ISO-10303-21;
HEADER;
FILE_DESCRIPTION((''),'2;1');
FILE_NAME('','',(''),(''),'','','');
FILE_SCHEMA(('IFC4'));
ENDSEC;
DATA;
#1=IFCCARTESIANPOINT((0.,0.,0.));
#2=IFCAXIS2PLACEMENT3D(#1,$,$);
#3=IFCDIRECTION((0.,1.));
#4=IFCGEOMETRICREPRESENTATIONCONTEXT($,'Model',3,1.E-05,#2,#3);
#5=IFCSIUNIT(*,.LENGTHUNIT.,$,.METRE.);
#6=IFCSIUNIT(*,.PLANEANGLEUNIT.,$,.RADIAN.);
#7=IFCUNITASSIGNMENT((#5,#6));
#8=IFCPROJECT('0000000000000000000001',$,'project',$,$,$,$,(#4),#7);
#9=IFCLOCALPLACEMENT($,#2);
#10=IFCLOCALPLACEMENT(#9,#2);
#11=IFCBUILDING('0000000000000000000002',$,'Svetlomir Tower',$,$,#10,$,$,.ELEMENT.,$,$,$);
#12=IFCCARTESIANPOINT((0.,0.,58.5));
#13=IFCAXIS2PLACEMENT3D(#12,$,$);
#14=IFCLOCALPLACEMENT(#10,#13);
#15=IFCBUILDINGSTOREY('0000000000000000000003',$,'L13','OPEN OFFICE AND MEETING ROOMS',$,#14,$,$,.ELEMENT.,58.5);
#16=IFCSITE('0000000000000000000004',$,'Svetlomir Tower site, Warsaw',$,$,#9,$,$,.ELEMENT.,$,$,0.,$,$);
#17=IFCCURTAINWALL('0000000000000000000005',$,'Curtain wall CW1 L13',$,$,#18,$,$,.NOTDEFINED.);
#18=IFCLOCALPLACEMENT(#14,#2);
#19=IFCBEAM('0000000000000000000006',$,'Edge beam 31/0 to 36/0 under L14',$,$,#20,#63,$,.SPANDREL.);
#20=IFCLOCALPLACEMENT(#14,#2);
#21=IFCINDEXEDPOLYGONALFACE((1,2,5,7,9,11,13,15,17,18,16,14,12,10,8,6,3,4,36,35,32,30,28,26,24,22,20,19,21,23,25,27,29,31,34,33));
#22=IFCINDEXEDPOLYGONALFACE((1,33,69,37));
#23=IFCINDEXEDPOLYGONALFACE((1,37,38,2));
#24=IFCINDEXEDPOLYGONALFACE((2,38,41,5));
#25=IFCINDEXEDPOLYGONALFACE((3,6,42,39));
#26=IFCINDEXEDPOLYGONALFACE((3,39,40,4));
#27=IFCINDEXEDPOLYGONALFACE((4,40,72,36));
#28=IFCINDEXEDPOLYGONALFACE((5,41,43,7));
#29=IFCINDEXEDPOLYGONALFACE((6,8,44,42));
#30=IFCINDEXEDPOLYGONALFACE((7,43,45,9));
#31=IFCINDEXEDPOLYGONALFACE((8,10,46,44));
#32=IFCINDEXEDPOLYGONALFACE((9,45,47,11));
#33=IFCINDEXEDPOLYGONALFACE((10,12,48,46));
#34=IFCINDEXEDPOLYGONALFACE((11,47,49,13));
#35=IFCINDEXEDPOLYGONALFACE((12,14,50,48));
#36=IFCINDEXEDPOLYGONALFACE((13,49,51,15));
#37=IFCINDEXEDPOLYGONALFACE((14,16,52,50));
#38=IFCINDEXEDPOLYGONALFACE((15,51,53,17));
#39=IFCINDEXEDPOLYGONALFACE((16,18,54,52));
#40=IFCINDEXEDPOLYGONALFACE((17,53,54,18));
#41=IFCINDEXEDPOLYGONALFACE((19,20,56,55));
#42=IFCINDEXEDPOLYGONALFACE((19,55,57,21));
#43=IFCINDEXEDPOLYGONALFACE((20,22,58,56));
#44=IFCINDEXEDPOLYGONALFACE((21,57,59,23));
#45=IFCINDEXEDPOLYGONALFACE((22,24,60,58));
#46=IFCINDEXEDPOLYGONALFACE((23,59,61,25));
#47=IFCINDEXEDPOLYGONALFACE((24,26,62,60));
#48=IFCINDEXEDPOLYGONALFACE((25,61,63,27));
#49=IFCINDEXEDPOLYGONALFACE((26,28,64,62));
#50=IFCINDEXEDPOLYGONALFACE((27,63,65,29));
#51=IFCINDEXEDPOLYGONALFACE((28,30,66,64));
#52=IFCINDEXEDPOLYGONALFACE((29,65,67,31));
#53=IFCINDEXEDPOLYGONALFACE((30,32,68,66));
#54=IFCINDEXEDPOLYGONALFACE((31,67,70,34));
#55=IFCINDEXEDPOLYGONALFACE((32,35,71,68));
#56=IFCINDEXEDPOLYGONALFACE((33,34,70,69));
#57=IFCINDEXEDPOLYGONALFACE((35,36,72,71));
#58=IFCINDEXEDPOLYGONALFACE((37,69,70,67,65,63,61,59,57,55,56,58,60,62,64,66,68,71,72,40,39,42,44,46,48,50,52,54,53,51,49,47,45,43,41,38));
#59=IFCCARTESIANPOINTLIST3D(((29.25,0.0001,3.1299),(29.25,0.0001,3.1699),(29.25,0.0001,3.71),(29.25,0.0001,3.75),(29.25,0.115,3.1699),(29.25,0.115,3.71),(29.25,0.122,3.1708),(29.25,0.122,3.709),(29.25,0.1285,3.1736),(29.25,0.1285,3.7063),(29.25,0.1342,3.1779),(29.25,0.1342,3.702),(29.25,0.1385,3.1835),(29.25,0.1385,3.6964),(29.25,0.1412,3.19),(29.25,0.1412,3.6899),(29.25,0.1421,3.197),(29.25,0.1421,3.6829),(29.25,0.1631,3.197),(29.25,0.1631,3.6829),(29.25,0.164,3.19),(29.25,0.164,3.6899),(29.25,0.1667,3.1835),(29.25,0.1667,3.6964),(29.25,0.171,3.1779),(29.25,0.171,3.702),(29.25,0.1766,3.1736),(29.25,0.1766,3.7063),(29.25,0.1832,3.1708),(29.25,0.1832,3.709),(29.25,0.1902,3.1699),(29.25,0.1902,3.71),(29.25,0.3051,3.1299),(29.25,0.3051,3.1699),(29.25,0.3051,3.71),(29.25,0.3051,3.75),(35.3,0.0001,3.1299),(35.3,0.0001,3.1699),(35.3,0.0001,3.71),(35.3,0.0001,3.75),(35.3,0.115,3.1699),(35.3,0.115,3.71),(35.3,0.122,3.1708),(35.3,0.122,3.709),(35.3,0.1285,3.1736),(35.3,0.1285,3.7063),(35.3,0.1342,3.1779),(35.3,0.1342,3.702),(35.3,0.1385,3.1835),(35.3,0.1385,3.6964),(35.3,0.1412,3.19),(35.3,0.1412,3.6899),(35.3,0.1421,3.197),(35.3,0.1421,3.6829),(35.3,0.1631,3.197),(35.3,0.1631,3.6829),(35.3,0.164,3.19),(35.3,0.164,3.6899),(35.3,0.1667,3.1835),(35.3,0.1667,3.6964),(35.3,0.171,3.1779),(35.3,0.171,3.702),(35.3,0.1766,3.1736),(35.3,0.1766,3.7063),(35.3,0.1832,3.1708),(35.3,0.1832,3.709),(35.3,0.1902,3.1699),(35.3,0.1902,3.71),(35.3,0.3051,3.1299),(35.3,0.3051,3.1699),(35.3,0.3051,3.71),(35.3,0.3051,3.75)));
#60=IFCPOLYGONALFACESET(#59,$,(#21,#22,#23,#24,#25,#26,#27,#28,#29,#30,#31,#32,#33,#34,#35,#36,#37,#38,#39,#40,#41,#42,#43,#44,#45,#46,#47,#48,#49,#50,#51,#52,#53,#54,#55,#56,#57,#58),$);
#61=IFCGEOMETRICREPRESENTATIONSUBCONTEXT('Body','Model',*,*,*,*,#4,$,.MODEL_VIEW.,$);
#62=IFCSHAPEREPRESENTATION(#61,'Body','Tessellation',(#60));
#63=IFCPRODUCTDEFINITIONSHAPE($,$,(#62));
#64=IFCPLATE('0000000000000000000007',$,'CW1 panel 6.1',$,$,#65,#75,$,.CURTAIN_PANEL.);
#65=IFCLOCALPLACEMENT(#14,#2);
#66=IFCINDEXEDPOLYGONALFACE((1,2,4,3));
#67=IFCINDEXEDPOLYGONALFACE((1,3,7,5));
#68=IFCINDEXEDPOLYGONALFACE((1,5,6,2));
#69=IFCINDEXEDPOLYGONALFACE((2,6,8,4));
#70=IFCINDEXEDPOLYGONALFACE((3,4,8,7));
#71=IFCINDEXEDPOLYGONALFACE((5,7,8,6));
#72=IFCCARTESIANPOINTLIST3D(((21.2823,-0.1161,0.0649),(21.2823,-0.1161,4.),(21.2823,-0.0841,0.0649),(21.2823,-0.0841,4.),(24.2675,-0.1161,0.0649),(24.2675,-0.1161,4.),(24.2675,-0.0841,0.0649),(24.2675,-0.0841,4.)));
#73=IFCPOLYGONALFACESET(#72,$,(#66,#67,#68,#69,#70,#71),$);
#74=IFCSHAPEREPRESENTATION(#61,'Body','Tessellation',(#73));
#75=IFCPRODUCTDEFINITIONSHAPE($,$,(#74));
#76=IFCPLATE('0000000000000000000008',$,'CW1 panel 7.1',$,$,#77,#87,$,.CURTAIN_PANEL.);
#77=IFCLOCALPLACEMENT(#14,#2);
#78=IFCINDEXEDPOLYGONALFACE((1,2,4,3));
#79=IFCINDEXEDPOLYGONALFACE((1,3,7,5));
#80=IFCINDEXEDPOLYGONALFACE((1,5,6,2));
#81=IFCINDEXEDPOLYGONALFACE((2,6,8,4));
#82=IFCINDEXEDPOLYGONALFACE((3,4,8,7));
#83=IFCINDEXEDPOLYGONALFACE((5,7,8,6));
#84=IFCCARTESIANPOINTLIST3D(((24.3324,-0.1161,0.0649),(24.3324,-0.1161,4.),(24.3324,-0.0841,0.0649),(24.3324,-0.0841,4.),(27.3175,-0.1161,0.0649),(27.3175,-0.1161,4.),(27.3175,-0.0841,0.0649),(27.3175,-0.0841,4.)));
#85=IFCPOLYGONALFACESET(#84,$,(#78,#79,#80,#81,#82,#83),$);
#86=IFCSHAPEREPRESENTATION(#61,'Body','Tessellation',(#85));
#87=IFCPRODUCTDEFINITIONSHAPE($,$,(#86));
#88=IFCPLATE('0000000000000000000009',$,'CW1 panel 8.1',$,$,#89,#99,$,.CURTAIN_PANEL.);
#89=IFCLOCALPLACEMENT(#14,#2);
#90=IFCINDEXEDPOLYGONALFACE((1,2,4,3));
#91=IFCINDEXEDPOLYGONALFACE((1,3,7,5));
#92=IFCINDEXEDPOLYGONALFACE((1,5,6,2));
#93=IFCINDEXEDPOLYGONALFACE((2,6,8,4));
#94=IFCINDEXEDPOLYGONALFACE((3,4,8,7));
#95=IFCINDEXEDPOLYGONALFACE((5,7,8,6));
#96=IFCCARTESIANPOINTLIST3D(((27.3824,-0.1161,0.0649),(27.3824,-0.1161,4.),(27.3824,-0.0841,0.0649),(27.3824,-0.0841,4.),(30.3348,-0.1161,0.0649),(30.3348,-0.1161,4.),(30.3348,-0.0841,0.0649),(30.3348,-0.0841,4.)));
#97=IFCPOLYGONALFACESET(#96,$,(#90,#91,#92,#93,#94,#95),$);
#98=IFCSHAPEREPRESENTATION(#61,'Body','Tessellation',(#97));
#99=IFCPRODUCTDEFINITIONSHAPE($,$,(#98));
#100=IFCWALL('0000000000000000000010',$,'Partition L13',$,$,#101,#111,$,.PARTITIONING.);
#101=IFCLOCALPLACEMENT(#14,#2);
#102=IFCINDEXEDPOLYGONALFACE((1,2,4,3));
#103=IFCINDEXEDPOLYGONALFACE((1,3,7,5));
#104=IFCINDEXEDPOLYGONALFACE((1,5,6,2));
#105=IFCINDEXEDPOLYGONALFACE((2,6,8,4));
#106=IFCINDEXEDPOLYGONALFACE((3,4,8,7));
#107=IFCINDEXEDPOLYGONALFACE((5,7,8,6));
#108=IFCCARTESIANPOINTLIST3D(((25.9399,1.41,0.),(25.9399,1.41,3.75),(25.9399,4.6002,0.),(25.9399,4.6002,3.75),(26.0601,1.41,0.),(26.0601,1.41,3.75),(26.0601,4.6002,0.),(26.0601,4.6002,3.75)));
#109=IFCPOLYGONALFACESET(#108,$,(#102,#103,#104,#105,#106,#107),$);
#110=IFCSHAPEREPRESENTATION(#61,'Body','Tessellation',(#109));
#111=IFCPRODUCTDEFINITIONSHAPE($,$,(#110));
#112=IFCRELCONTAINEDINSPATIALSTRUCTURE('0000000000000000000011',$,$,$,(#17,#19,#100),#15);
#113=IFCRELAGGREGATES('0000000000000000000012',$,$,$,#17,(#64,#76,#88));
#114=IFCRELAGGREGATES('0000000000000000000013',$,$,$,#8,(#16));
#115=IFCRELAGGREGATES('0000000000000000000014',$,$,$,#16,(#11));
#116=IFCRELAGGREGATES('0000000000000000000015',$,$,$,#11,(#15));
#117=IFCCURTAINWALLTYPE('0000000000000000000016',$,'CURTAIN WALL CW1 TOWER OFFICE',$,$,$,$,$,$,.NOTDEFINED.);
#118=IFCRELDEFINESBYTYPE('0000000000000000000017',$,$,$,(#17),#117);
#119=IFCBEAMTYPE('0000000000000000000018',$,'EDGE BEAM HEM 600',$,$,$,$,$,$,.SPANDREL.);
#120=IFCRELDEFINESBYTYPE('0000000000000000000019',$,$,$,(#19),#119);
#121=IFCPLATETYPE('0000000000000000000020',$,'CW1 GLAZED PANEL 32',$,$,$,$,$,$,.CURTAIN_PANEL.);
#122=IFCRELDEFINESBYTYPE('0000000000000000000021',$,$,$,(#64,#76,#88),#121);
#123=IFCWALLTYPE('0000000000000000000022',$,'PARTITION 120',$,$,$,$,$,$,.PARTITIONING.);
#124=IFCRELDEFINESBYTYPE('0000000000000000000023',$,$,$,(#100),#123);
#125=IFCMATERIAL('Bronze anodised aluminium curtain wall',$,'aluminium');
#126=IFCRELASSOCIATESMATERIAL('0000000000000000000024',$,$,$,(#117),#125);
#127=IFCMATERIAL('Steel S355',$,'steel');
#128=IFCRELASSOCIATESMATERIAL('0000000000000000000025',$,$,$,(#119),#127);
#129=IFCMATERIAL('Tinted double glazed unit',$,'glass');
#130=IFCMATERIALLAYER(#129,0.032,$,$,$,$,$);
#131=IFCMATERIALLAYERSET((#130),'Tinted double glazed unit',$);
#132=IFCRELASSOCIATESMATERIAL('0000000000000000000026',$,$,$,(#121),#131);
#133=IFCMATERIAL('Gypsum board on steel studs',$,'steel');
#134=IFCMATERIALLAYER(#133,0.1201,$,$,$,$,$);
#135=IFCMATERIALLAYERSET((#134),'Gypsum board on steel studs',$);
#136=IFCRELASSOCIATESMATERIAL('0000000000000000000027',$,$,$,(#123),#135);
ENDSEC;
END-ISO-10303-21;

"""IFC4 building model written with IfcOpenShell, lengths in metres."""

from ifc_helpers import new_model, si_unit, direction, frame, frame_2d, origin, origin_2d, place, context, subcontext, project, spatial, rectangle, i_section, extrude, material, layer, layer_set, material_profile, profile_set, type_object, element, aggregate, save


model = new_model("IFC4")

# Units and contexts
model_context = context("Model", 3, precision=1e-05, world=origin(), true_north=direction((0.0, 1.0)))
body_context = subcontext(model_context, "Body", "Model", "MODEL_VIEW")
ifc_project = project(units=[si_unit("LENGTHUNIT", "METRE"), si_unit("PLANEANGLEUNIT", "RADIAN")], contexts=[model_context])

# Site, building, storey
site_placement = place(None, origin())
site = spatial("IfcSite", under=ifc_project, at=site_placement, Name="Svetlomir Tower site, Warsaw", CompositionType="ELEMENT", RefElevation=0.0)
building_placement = place(site_placement, origin())
building = spatial("IfcBuilding", under=site, at=building_placement, Name="Svetlomir Tower", CompositionType="ELEMENT")
storey_placement = place(building_placement, frame((0.0, 0.0, 58.5)))
storey = spatial("IfcBuildingStorey", under=building, at=storey_placement, Name="L13", Description="OPEN OFFICE AND MEETING ROOMS", CompositionType="ELEMENT", Elevation=58.5)

# Curtain wall
ifc_material_1 = material(Name="Bronze anodised aluminium curtain wall", Category="aluminium")
curtain_wall_type = type_object("IfcCurtainWallType", Name="CURTAIN WALL CW1 TOWER OFFICE", PredefinedType="NOTDEFINED", material=ifc_material_1)
curtain_wall_placement = place(storey_placement, origin())
curtain_wall = element("IfcCurtainWall", 1, at=curtain_wall_placement, inside=storey, type_object=curtain_wall_type, Name="Curtain wall CW1 L13", PredefinedType="NOTDEFINED")

# Beam
ifc_material_2 = material(Name="Steel S355", Category="steel")
ifc_material_profile_1 = material_profile(ifc_material_2, i_section(OverallWidth=0.3049, OverallDepth=0.6201, WebThickness=0.021, FlangeThickness=0.04, FilletRadius=0.0271, at=origin_2d()), Name="HEM 600")
ifc_profile_set_1 = profile_set([ifc_material_profile_1], Name="Steel S355")
beam_type_1 = type_object("IfcBeamType", Name="EDGE BEAM HEM 600", PredefinedType="SPANDREL", material=ifc_profile_set_1)
beam_1_placement = place(storey_placement, frame((29.25, 0.1526, 3.4399), z_axis=(1.0, 0.0, 0.0), x_axis=(0.0, 1.0, 0.0)))
element("IfcBeam", 2, at=beam_1_placement, inside=storey, type_object=beam_type_1, Name="Edge beam 31/0 to 36/0 under L14", PredefinedType="SPANDREL", context=body_context, shape_type="SweptSolid", body=[
    extrude(i_section(OverallWidth=0.3049, OverallDepth=0.6201, WebThickness=0.021, FlangeThickness=0.04, FilletRadius=0.0271, at=origin_2d()), origin(), (0.0, 0.0, 1.0), 6.05),
])

# Plates
ifc_material_3 = material(Name="Tinted double glazed unit", Category="glass")
ifc_layer_1 = layer(ifc_material_3, 0.032)
ifc_layer_set_1 = layer_set([ifc_layer_1], Name="Tinted double glazed unit")
plate_type = type_object("IfcPlateType", Name="CW1 GLAZED PANEL 32", PredefinedType="CURTAIN_PANEL", material=ifc_layer_set_1)
plate_1_placement = place(storey_placement, frame((22.7749, -0.1001, 0.0649), z_axis=(0.0, 0.0, 1.0), x_axis=(1.0, 0.0, 0.0)))
plate_1 = element("IfcPlate", 3, at=plate_1_placement, type_object=plate_type, Name="CW1 panel 6.1", PredefinedType="CURTAIN_PANEL", context=body_context, shape_type="SweptSolid", body=[
    extrude(rectangle(XDim=2.9851, YDim=0.032, at=origin_2d()), origin(), (0.0, 0.0, 1.0), 3.9351),
])
plate_2_placement = place(storey_placement, frame((25.825, -0.1001, 0.0649), z_axis=(0.0, 0.0, 1.0), x_axis=(1.0, 0.0, 0.0)))
plate_2 = element("IfcPlate", 4, at=plate_2_placement, type_object=plate_type, Name="CW1 panel 7.1", PredefinedType="CURTAIN_PANEL", context=body_context, shape_type="SweptSolid", body=[
    extrude(rectangle(XDim=2.9851, YDim=0.032, at=origin_2d()), origin(), (0.0, 0.0, 1.0), 3.9351),
])
plate_3_placement = place(storey_placement, frame((28.8586, -0.1001, 0.0649), z_axis=(0.0, 0.0, 1.0), x_axis=(1.0, 0.0, 0.0)))
plate_3 = element("IfcPlate", 5, at=plate_3_placement, type_object=plate_type, Name="CW1 panel 8.1", PredefinedType="CURTAIN_PANEL", context=body_context, shape_type="SweptSolid", body=[
    extrude(rectangle(XDim=2.9524, YDim=0.032, at=origin_2d()), origin(), (0.0, 0.0, 1.0), 3.9351),
])
aggregate(curtain_wall, [plate_1, plate_2, plate_3])

# Wall
ifc_material_4 = material(Name="Gypsum board on steel studs", Category="steel")
ifc_layer_2 = layer(ifc_material_4, 0.1201)
ifc_layer_set_2 = layer_set([ifc_layer_2], Name="Gypsum board on steel studs")
wall_type_1 = type_object("IfcWallType", Name="PARTITION 120", PredefinedType="PARTITIONING", material=ifc_layer_set_2)
wall_1_placement = place(storey_placement, frame((26.0, 1.4099, 0.0), z_axis=(0.0, 0.0, 1.0), x_axis=(0.0, 1.0, 0.0)))
element("IfcWall", 6, at=wall_1_placement, inside=storey, type_object=wall_type_1, Name="Partition L13", PredefinedType="PARTITIONING", context=body_context, shape_type="SweptSolid", body=[
    extrude(rectangle(XDim=3.1902, YDim=0.1201, at=frame_2d((1.5952, 0.0))), origin(), (0.0, 0.0, 1.0), 3.75),
])

save(model, "model.ifc")
